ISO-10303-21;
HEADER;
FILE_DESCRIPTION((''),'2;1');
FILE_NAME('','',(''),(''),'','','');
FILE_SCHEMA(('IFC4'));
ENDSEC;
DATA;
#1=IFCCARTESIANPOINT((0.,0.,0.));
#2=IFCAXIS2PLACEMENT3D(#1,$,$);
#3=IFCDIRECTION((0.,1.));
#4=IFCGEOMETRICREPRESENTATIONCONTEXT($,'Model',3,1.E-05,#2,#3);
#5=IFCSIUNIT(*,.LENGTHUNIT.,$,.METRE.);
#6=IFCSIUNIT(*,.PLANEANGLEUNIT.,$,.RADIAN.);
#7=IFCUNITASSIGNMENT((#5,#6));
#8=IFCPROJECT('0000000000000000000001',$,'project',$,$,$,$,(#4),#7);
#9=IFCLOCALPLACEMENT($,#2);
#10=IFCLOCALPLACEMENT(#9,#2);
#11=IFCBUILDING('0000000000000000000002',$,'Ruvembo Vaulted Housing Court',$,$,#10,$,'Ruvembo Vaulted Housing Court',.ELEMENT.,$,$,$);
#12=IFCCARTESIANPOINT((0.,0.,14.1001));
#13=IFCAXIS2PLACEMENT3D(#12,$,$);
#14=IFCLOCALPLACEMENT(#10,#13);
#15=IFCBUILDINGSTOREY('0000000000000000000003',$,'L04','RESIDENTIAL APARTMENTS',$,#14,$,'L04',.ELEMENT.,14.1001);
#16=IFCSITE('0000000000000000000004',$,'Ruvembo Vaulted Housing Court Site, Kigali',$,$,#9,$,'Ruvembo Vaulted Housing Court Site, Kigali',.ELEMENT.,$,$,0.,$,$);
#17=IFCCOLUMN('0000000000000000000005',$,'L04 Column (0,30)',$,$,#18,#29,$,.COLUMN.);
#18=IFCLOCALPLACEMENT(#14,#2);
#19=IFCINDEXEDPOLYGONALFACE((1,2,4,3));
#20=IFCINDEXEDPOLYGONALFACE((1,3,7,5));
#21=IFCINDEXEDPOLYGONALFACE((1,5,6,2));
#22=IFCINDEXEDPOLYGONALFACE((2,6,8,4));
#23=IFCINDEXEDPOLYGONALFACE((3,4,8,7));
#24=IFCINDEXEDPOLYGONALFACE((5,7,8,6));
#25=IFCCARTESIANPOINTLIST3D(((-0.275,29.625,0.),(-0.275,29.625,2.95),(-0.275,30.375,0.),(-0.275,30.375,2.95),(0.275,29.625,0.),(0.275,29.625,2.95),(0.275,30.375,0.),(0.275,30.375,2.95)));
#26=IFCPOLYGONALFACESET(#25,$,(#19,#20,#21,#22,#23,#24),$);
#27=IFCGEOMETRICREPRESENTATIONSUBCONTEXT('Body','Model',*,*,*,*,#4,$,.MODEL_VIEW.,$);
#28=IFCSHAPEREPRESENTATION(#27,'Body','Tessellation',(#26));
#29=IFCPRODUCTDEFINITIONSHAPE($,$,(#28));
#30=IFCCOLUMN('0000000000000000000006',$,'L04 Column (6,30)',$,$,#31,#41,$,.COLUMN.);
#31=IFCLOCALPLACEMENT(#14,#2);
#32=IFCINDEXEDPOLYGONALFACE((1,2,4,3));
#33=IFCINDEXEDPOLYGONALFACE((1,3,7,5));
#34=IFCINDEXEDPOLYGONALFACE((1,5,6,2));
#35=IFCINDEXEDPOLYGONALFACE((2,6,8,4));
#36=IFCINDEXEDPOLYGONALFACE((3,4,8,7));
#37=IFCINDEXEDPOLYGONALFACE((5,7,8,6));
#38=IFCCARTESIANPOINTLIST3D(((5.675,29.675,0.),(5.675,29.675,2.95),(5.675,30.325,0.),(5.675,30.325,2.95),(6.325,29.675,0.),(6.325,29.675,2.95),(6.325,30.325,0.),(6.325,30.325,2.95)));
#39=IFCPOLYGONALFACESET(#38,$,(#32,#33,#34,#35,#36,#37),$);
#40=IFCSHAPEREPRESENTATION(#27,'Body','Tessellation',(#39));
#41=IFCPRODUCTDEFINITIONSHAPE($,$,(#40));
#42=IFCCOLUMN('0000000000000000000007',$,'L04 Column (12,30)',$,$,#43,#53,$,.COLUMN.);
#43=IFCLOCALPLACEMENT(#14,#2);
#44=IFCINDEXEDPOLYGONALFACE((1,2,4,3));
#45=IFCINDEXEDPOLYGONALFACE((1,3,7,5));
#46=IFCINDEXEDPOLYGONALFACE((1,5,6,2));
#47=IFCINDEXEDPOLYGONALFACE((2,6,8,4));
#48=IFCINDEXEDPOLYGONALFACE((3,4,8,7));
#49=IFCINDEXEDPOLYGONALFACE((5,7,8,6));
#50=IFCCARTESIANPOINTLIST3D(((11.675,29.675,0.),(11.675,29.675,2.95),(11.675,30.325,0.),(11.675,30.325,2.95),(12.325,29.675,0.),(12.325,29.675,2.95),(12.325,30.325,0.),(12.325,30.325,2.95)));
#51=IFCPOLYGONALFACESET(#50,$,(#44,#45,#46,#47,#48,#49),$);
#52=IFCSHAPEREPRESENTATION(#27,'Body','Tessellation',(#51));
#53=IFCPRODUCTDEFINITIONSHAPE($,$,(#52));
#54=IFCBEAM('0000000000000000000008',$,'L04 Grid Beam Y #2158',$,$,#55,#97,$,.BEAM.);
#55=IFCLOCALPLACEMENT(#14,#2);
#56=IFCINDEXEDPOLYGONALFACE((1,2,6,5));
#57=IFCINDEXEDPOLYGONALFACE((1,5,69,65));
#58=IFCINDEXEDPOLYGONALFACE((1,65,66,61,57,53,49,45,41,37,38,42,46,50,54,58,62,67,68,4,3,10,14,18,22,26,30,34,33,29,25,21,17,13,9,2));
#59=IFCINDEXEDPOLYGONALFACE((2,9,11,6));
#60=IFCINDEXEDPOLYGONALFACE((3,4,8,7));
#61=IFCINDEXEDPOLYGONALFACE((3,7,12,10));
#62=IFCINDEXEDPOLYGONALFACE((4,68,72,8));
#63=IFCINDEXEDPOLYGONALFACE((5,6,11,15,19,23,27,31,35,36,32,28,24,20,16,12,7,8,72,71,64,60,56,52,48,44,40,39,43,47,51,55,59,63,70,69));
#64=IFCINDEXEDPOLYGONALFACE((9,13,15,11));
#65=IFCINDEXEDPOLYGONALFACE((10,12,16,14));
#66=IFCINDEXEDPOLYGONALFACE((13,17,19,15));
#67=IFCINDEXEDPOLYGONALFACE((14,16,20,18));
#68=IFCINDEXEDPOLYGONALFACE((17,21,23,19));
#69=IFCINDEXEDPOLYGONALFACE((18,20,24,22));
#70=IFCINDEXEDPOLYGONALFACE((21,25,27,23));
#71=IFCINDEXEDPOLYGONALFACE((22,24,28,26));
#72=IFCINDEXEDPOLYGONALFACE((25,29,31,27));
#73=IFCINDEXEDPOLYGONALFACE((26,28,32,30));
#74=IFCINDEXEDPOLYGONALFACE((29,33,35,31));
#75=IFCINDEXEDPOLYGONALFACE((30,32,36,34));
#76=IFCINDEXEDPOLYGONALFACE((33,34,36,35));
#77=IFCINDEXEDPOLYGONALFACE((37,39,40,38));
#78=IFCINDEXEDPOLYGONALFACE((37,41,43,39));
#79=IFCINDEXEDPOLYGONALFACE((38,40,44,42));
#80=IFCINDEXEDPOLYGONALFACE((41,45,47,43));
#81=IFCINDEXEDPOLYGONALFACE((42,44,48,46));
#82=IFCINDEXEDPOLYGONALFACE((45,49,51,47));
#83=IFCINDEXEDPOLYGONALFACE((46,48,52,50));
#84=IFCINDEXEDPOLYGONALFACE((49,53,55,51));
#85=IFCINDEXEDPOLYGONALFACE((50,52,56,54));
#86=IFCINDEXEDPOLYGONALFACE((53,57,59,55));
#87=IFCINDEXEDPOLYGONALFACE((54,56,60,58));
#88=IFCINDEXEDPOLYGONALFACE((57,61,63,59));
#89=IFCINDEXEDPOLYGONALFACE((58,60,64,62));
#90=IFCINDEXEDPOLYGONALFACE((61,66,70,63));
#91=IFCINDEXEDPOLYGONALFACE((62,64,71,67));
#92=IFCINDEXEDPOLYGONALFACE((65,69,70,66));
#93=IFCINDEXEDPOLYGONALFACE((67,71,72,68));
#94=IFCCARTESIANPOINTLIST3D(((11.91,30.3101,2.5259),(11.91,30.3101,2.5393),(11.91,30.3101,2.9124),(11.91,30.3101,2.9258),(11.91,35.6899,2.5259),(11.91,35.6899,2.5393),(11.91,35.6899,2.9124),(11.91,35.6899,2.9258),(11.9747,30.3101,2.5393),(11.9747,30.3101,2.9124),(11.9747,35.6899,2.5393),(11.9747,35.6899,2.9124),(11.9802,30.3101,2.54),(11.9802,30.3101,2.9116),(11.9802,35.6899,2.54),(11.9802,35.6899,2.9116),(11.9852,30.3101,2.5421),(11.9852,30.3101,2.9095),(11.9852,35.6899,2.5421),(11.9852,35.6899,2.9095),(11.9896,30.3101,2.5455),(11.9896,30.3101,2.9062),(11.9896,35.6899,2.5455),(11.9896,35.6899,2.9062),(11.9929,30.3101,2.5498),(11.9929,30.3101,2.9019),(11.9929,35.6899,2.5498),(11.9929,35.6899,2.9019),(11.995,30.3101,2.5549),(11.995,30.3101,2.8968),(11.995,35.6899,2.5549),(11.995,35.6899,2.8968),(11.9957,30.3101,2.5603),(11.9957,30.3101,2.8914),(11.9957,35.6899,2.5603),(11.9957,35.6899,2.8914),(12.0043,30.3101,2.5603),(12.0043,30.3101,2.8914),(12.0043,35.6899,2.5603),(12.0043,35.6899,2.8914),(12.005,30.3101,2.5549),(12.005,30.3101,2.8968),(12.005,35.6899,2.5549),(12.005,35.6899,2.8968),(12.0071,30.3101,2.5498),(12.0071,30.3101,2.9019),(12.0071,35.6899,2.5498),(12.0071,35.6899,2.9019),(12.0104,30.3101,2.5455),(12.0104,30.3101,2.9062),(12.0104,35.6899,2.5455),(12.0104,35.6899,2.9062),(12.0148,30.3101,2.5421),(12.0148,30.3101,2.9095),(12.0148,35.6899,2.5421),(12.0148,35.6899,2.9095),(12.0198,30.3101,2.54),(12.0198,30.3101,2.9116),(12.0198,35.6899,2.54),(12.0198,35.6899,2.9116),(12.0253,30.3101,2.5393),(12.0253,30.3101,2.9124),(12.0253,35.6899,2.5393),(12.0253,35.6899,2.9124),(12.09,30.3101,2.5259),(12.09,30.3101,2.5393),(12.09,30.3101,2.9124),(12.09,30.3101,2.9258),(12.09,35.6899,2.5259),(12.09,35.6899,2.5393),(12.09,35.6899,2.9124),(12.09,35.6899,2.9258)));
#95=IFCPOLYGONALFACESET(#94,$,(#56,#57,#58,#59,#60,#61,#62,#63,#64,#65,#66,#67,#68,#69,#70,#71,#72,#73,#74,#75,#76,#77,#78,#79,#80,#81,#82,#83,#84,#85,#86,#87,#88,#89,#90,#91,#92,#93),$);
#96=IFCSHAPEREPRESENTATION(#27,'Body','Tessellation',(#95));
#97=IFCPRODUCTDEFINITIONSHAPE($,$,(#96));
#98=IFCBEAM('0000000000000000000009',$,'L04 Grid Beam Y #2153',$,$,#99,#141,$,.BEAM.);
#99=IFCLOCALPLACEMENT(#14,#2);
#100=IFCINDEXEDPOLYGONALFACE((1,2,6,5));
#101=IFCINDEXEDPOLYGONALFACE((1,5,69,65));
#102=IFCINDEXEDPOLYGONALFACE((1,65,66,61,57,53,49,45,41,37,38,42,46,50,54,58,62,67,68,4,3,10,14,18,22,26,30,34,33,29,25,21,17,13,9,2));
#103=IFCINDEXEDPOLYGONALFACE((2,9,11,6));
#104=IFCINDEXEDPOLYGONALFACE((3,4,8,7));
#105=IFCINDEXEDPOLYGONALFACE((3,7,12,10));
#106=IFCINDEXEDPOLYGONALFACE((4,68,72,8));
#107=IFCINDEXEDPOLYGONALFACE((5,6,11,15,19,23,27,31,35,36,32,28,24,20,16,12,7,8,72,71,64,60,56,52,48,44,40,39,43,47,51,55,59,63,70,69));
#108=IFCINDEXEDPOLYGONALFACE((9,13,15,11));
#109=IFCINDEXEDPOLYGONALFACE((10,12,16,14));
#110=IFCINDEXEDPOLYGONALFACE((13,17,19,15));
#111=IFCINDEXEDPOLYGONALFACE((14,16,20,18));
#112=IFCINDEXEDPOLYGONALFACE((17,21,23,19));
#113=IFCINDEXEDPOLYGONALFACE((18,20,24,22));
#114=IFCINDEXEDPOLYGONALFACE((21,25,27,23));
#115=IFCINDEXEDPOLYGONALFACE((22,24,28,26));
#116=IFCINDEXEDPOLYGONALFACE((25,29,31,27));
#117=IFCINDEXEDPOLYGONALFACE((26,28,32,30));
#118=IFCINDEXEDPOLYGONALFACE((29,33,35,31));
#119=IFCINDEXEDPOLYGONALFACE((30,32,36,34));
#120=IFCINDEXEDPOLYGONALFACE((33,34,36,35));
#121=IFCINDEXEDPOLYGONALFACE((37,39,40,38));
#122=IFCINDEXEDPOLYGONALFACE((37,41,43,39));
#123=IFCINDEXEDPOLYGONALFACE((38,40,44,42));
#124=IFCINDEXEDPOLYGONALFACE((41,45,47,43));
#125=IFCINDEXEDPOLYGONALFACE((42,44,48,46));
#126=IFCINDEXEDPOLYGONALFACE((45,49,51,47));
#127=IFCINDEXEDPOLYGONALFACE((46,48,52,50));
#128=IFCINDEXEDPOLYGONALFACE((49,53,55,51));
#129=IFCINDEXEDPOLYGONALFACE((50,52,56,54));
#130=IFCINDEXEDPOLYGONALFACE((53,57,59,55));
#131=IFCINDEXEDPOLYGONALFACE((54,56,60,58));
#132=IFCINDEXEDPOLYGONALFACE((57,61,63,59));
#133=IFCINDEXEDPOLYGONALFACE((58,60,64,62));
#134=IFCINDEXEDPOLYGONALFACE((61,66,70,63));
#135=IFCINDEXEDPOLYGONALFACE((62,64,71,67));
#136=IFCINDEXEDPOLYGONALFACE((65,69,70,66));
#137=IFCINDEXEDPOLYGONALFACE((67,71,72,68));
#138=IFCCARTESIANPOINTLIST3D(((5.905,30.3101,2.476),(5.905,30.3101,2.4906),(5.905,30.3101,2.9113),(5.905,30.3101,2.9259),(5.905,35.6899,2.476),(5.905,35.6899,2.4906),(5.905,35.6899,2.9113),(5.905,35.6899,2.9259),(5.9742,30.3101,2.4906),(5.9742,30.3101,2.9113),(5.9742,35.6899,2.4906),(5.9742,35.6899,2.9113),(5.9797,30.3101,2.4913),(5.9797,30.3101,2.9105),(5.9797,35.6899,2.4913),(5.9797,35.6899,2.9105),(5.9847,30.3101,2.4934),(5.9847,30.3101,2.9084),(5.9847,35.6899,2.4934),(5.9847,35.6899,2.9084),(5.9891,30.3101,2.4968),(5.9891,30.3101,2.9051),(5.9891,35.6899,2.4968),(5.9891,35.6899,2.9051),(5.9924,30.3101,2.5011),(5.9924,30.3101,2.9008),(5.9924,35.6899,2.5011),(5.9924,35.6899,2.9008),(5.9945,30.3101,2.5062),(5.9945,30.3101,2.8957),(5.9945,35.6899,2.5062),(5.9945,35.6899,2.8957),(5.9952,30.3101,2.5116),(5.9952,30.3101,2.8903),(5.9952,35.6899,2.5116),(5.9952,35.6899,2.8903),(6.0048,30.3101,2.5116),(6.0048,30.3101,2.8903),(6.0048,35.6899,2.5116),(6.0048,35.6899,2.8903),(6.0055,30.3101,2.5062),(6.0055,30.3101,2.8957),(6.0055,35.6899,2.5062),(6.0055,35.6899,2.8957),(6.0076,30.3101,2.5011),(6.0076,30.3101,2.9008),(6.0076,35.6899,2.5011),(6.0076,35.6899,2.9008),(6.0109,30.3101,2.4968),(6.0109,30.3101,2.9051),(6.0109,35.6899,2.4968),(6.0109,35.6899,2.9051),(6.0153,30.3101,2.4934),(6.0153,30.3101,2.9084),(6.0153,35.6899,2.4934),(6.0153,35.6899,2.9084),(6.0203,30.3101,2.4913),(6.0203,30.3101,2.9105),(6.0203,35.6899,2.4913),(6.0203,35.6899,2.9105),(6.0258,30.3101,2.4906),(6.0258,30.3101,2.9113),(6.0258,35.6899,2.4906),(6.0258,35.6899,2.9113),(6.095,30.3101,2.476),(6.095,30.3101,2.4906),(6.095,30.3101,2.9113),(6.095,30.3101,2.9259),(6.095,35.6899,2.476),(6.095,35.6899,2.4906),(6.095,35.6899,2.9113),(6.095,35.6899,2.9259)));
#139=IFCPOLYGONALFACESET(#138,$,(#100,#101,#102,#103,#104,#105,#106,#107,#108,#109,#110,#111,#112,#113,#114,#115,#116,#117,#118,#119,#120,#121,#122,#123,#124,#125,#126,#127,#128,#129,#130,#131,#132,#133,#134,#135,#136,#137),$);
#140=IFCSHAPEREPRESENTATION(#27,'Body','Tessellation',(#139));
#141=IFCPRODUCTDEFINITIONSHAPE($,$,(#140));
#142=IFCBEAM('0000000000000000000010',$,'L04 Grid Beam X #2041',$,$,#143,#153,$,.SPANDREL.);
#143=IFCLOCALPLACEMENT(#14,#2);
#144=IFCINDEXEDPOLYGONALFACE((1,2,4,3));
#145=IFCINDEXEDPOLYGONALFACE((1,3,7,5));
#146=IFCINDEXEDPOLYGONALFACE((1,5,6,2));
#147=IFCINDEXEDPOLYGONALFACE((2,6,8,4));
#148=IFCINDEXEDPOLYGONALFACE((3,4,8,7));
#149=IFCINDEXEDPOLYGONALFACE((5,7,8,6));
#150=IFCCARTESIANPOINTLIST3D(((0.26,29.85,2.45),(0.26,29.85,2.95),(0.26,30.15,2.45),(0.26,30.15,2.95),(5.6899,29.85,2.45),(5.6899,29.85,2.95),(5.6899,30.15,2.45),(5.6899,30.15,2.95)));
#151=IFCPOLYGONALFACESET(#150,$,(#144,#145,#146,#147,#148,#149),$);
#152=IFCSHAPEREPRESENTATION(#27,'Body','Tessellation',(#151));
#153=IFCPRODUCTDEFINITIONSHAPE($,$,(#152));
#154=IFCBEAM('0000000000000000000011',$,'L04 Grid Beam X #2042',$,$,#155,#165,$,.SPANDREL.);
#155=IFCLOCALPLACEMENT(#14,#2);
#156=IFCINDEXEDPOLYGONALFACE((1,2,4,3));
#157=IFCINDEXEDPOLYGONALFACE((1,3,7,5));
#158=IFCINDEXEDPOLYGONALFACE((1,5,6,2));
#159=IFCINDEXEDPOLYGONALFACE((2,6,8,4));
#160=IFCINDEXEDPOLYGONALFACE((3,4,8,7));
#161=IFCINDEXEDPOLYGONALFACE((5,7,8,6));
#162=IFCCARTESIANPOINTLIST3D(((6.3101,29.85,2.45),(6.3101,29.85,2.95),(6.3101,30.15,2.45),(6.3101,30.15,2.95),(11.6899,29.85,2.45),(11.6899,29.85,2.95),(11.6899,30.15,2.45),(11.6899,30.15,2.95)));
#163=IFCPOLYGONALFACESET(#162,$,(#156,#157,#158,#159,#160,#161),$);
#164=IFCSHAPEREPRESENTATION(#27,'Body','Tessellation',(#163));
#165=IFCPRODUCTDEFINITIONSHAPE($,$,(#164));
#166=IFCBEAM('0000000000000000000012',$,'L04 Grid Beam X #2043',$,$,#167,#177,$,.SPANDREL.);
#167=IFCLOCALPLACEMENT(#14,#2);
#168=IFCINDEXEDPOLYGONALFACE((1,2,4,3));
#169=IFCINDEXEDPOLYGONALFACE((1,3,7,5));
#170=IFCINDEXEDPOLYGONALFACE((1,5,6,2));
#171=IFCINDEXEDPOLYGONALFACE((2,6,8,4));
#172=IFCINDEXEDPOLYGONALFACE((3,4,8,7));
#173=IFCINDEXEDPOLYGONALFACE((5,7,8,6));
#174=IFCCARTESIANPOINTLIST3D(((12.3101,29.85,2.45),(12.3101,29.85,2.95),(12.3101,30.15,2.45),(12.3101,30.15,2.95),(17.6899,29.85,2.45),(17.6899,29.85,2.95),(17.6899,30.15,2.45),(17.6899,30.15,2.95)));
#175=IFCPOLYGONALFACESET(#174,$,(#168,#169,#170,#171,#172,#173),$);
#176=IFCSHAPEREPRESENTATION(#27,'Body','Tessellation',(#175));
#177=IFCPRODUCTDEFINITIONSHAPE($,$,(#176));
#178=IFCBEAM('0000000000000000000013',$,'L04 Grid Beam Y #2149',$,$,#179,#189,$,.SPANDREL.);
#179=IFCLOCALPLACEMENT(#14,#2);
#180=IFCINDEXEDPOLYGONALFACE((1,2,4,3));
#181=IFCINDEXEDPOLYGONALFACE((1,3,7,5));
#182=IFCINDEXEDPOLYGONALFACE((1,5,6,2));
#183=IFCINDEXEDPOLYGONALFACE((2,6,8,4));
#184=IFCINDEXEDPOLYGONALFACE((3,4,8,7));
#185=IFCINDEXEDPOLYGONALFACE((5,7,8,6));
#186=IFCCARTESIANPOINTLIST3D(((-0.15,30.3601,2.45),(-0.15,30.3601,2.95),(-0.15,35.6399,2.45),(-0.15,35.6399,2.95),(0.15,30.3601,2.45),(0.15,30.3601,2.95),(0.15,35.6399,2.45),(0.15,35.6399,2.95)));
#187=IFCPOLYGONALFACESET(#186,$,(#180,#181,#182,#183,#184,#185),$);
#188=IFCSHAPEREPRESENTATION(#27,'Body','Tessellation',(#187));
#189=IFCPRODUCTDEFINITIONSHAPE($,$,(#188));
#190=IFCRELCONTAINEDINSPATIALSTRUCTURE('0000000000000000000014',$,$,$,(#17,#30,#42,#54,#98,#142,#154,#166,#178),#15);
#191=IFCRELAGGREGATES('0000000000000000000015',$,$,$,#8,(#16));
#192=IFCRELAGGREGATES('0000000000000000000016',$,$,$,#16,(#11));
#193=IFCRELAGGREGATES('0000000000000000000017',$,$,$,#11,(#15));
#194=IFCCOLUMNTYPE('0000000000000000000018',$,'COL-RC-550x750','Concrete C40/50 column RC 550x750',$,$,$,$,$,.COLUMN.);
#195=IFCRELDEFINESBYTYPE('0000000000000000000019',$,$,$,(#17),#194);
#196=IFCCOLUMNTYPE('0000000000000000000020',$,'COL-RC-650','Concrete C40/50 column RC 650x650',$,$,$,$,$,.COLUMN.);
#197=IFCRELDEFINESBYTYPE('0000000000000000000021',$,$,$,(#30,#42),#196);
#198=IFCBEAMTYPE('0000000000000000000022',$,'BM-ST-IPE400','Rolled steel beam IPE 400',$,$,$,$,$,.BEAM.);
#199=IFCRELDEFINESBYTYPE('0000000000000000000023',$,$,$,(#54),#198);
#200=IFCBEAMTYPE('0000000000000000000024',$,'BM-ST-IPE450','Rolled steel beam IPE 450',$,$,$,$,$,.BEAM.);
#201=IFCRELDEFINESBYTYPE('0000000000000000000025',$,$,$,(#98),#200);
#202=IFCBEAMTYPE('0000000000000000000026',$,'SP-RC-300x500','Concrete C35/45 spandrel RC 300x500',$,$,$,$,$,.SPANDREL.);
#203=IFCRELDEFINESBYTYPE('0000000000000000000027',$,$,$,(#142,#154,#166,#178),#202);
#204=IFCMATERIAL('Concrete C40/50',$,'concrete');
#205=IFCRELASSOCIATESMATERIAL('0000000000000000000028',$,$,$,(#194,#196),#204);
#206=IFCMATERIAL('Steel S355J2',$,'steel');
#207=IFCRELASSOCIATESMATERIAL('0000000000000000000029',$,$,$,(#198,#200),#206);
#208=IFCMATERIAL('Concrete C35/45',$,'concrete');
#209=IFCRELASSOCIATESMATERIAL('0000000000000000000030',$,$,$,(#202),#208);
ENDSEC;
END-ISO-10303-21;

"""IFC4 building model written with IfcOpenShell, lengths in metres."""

from ifc_helpers import new_model, si_unit, direction, frame, origin, origin_2d, place, context, subcontext, project, spatial, rectangle, i_section, extrude, material, material_profile, profile_set, type_object, element, save


model = new_model("IFC4")

# Units and contexts
model_context = context("Model", 3, precision=1e-05, world=origin(), true_north=direction((0.0, 1.0)))
body_context = subcontext(model_context, "Body", "Model", "MODEL_VIEW")
ifc_project = project(units=[si_unit("LENGTHUNIT", "METRE"), si_unit("PLANEANGLEUNIT", "RADIAN")], contexts=[model_context])

# Site, building, storey
site_placement = place(None, origin())
site = spatial("IfcSite", under=ifc_project, at=site_placement, Name="Ruvembo Vaulted Housing Court Site, Kigali", LongName="Ruvembo Vaulted Housing Court Site, Kigali", CompositionType="ELEMENT", RefElevation=0.0)
building_placement = place(site_placement, origin())
building = spatial("IfcBuilding", under=site, at=building_placement, Name="Ruvembo Vaulted Housing Court", LongName="Ruvembo Vaulted Housing Court", CompositionType="ELEMENT")
storey_placement = place(building_placement, frame((0.0, 0.0, 14.1001)))
storey = spatial("IfcBuildingStorey", under=building, at=storey_placement, Name="L04", Description="RESIDENTIAL APARTMENTS", LongName="L04", CompositionType="ELEMENT", Elevation=14.1001)

# Columns
ifc_material_1 = material(Name="Concrete C40/50", Category="concrete")
ifc_material_profile_1 = material_profile(ifc_material_1, rectangle(XDim=0.55, YDim=0.75, at=origin_2d()), Name="RC 550x750")
ifc_profile_set_1 = profile_set([ifc_material_profile_1], Name="Concrete C40/50")
column_type_1 = type_object("IfcColumnType", Name="COL-RC-550x750", Description="Concrete C40/50 column RC 550x750", PredefinedType="COLUMN", material=ifc_profile_set_1)
column_placement = place(storey_placement, frame((0.0, 30.0, 0.0), z_axis=(0.0, 0.0, 1.0), x_axis=(1.0, 0.0, 0.0)))
element("IfcColumn", 1, at=column_placement, inside=storey, type_object=column_type_1, Name="L04 Column (0,30)", PredefinedType="COLUMN", context=body_context, shape_type="SweptSolid", body=[
    extrude(rectangle(XDim=0.55, YDim=0.75, at=origin_2d()), origin(), (0.0, 0.0, 1.0), 2.95),
])
ifc_material_profile_2 = material_profile(ifc_material_1, rectangle(XDim=0.6499, YDim=0.6499, at=origin_2d()), Name="RC 650x650")
ifc_profile_set_2 = profile_set([ifc_material_profile_2], Name="Concrete C40/50")
column_type_2 = type_object("IfcColumnType", Name="COL-RC-650", Description="Concrete C40/50 column RC 650x650", PredefinedType="COLUMN", material=ifc_profile_set_2)
for number, where, z_axis, x_axis, name in (
    (2, (6.0, 30.0, 0.0), (0.0, 0.0, 1.0), (1.0, 0.0, 0.0), "L04 Column (6,30)"),
    (3, (12.0, 30.0, 0.0), (0.0, 0.0, 1.0), (1.0, 0.0, 0.0), "L04 Column (12,30)"),
):
    element("IfcColumn", number, at=place(storey_placement, frame(where, z_axis=z_axis, x_axis=x_axis)), inside=storey, type_object=column_type_2, Name=name, PredefinedType="COLUMN", context=body_context, shape_type="SweptSolid", body=[
        extrude(rectangle(XDim=0.6499, YDim=0.6499, at=origin_2d()), origin(), (0.0, 0.0, 1.0), 2.95),
    ])

# Beams
ifc_material_2 = material(Name="Steel S355J2", Category="steel")
ifc_material_profile_3 = material_profile(ifc_material_2, i_section(OverallWidth=0.1799, OverallDepth=0.3999, WebThickness=0.0085, FlangeThickness=0.0134, FilletRadius=0.021, at=origin_2d()), Name="IPE 400")
ifc_profile_set_3 = profile_set([ifc_material_profile_3], Name="Steel S355J2")
beam_type_1 = type_object("IfcBeamType", Name="BM-ST-IPE400", Description="Rolled steel beam IPE 400", PredefinedType="BEAM", material=ifc_profile_set_3)
beam_1_placement = place(storey_placement, frame((12.0, 30.3101, 2.7258), z_axis=(0.0, 1.0, 0.0), x_axis=(-1.0, 0.0, 0.0)))
element("IfcBeam", 4, at=beam_1_placement, inside=storey, type_object=beam_type_1, Name="L04 Grid Beam Y #2158", PredefinedType="BEAM", context=body_context, shape_type="SweptSolid", body=[
    extrude(i_section(OverallWidth=0.1799, OverallDepth=0.3999, WebThickness=0.0085, FlangeThickness=0.0134, FilletRadius=0.021, at=origin_2d()), origin(), (0.0, 0.0, 1.0), 5.3799),
])
ifc_material_profile_4 = material_profile(ifc_material_2, i_section(OverallWidth=0.1899, OverallDepth=0.45, WebThickness=0.0095, FlangeThickness=0.0146, FilletRadius=0.021, at=origin_2d()), Name="IPE 450")
ifc_profile_set_4 = profile_set([ifc_material_profile_4], Name="Steel S355J2")
beam_type_2 = type_object("IfcBeamType", Name="BM-ST-IPE450", Description="Rolled steel beam IPE 450", PredefinedType="BEAM", material=ifc_profile_set_4)
beam_2_placement = place(storey_placement, frame((6.0, 30.3101, 2.7009), z_axis=(0.0, 1.0, 0.0), x_axis=(-1.0, 0.0, 0.0)))
element("IfcBeam", 5, at=beam_2_placement, inside=storey, type_object=beam_type_2, Name="L04 Grid Beam Y #2153", PredefinedType="BEAM", context=body_context, shape_type="SweptSolid", body=[
    extrude(i_section(OverallWidth=0.1899, OverallDepth=0.45, WebThickness=0.0095, FlangeThickness=0.0146, FilletRadius=0.021, at=origin_2d()), origin(), (0.0, 0.0, 1.0), 5.3799),
])
ifc_material_3 = material(Name="Concrete C35/45", Category="concrete")
ifc_material_profile_5 = material_profile(ifc_material_3, rectangle(XDim=0.3, YDim=0.5, at=origin_2d()), Name="RC 300x500")
ifc_profile_set_5 = profile_set([ifc_material_profile_5], Name="Concrete C35/45")
beam_type_3 = type_object("IfcBeamType", Name="SP-RC-300x500", Description="Concrete C35/45 spandrel RC 300x500", PredefinedType="SPANDREL", material=ifc_profile_set_5)
beam_3_placement = place(storey_placement, frame((0.26, 30.0, 2.7), z_axis=(1.0, 0.0, 0.0), x_axis=(0.0, 1.0, 0.0)))
element("IfcBeam", 6, at=beam_3_placement, inside=storey, type_object=beam_type_3, Name="L04 Grid Beam X #2041", PredefinedType="SPANDREL", context=body_context, shape_type="SweptSolid", body=[
    extrude(rectangle(XDim=0.3, YDim=0.5, at=origin_2d()), origin(), (0.0, 0.0, 1.0), 5.4299),
])
for number, where, z_axis, x_axis, name in (
    (7, (6.3101, 30.0, 2.7), (1.0, 0.0, 0.0), (0.0, 1.0, 0.0), "L04 Grid Beam X #2042"),
    (8, (12.3101, 30.0, 2.7), (1.0, 0.0, 0.0), (0.0, 1.0, 0.0), "L04 Grid Beam X #2043"),
):
    element("IfcBeam", number, at=place(storey_placement, frame(where, z_axis=z_axis, x_axis=x_axis)), inside=storey, type_object=beam_type_3, Name=name, PredefinedType="SPANDREL", context=body_context, shape_type="SweptSolid", body=[
        extrude(rectangle(XDim=0.3, YDim=0.5, at=origin_2d()), origin(), (0.0, 0.0, 1.0), 5.3799),
    ])
beam_4_placement = place(storey_placement, frame((0.0, 30.3601, 2.7), z_axis=(0.0, 1.0, 0.0), x_axis=(-1.0, 0.0, 0.0)))
element("IfcBeam", 9, at=beam_4_placement, inside=storey, type_object=beam_type_3, Name="L04 Grid Beam Y #2149", PredefinedType="SPANDREL", context=body_context, shape_type="SweptSolid", body=[
    extrude(rectangle(XDim=0.3, YDim=0.5, at=origin_2d()), origin(), (0.0, 0.0, 1.0), 5.2798),
])

save(model, "model.ifc")
